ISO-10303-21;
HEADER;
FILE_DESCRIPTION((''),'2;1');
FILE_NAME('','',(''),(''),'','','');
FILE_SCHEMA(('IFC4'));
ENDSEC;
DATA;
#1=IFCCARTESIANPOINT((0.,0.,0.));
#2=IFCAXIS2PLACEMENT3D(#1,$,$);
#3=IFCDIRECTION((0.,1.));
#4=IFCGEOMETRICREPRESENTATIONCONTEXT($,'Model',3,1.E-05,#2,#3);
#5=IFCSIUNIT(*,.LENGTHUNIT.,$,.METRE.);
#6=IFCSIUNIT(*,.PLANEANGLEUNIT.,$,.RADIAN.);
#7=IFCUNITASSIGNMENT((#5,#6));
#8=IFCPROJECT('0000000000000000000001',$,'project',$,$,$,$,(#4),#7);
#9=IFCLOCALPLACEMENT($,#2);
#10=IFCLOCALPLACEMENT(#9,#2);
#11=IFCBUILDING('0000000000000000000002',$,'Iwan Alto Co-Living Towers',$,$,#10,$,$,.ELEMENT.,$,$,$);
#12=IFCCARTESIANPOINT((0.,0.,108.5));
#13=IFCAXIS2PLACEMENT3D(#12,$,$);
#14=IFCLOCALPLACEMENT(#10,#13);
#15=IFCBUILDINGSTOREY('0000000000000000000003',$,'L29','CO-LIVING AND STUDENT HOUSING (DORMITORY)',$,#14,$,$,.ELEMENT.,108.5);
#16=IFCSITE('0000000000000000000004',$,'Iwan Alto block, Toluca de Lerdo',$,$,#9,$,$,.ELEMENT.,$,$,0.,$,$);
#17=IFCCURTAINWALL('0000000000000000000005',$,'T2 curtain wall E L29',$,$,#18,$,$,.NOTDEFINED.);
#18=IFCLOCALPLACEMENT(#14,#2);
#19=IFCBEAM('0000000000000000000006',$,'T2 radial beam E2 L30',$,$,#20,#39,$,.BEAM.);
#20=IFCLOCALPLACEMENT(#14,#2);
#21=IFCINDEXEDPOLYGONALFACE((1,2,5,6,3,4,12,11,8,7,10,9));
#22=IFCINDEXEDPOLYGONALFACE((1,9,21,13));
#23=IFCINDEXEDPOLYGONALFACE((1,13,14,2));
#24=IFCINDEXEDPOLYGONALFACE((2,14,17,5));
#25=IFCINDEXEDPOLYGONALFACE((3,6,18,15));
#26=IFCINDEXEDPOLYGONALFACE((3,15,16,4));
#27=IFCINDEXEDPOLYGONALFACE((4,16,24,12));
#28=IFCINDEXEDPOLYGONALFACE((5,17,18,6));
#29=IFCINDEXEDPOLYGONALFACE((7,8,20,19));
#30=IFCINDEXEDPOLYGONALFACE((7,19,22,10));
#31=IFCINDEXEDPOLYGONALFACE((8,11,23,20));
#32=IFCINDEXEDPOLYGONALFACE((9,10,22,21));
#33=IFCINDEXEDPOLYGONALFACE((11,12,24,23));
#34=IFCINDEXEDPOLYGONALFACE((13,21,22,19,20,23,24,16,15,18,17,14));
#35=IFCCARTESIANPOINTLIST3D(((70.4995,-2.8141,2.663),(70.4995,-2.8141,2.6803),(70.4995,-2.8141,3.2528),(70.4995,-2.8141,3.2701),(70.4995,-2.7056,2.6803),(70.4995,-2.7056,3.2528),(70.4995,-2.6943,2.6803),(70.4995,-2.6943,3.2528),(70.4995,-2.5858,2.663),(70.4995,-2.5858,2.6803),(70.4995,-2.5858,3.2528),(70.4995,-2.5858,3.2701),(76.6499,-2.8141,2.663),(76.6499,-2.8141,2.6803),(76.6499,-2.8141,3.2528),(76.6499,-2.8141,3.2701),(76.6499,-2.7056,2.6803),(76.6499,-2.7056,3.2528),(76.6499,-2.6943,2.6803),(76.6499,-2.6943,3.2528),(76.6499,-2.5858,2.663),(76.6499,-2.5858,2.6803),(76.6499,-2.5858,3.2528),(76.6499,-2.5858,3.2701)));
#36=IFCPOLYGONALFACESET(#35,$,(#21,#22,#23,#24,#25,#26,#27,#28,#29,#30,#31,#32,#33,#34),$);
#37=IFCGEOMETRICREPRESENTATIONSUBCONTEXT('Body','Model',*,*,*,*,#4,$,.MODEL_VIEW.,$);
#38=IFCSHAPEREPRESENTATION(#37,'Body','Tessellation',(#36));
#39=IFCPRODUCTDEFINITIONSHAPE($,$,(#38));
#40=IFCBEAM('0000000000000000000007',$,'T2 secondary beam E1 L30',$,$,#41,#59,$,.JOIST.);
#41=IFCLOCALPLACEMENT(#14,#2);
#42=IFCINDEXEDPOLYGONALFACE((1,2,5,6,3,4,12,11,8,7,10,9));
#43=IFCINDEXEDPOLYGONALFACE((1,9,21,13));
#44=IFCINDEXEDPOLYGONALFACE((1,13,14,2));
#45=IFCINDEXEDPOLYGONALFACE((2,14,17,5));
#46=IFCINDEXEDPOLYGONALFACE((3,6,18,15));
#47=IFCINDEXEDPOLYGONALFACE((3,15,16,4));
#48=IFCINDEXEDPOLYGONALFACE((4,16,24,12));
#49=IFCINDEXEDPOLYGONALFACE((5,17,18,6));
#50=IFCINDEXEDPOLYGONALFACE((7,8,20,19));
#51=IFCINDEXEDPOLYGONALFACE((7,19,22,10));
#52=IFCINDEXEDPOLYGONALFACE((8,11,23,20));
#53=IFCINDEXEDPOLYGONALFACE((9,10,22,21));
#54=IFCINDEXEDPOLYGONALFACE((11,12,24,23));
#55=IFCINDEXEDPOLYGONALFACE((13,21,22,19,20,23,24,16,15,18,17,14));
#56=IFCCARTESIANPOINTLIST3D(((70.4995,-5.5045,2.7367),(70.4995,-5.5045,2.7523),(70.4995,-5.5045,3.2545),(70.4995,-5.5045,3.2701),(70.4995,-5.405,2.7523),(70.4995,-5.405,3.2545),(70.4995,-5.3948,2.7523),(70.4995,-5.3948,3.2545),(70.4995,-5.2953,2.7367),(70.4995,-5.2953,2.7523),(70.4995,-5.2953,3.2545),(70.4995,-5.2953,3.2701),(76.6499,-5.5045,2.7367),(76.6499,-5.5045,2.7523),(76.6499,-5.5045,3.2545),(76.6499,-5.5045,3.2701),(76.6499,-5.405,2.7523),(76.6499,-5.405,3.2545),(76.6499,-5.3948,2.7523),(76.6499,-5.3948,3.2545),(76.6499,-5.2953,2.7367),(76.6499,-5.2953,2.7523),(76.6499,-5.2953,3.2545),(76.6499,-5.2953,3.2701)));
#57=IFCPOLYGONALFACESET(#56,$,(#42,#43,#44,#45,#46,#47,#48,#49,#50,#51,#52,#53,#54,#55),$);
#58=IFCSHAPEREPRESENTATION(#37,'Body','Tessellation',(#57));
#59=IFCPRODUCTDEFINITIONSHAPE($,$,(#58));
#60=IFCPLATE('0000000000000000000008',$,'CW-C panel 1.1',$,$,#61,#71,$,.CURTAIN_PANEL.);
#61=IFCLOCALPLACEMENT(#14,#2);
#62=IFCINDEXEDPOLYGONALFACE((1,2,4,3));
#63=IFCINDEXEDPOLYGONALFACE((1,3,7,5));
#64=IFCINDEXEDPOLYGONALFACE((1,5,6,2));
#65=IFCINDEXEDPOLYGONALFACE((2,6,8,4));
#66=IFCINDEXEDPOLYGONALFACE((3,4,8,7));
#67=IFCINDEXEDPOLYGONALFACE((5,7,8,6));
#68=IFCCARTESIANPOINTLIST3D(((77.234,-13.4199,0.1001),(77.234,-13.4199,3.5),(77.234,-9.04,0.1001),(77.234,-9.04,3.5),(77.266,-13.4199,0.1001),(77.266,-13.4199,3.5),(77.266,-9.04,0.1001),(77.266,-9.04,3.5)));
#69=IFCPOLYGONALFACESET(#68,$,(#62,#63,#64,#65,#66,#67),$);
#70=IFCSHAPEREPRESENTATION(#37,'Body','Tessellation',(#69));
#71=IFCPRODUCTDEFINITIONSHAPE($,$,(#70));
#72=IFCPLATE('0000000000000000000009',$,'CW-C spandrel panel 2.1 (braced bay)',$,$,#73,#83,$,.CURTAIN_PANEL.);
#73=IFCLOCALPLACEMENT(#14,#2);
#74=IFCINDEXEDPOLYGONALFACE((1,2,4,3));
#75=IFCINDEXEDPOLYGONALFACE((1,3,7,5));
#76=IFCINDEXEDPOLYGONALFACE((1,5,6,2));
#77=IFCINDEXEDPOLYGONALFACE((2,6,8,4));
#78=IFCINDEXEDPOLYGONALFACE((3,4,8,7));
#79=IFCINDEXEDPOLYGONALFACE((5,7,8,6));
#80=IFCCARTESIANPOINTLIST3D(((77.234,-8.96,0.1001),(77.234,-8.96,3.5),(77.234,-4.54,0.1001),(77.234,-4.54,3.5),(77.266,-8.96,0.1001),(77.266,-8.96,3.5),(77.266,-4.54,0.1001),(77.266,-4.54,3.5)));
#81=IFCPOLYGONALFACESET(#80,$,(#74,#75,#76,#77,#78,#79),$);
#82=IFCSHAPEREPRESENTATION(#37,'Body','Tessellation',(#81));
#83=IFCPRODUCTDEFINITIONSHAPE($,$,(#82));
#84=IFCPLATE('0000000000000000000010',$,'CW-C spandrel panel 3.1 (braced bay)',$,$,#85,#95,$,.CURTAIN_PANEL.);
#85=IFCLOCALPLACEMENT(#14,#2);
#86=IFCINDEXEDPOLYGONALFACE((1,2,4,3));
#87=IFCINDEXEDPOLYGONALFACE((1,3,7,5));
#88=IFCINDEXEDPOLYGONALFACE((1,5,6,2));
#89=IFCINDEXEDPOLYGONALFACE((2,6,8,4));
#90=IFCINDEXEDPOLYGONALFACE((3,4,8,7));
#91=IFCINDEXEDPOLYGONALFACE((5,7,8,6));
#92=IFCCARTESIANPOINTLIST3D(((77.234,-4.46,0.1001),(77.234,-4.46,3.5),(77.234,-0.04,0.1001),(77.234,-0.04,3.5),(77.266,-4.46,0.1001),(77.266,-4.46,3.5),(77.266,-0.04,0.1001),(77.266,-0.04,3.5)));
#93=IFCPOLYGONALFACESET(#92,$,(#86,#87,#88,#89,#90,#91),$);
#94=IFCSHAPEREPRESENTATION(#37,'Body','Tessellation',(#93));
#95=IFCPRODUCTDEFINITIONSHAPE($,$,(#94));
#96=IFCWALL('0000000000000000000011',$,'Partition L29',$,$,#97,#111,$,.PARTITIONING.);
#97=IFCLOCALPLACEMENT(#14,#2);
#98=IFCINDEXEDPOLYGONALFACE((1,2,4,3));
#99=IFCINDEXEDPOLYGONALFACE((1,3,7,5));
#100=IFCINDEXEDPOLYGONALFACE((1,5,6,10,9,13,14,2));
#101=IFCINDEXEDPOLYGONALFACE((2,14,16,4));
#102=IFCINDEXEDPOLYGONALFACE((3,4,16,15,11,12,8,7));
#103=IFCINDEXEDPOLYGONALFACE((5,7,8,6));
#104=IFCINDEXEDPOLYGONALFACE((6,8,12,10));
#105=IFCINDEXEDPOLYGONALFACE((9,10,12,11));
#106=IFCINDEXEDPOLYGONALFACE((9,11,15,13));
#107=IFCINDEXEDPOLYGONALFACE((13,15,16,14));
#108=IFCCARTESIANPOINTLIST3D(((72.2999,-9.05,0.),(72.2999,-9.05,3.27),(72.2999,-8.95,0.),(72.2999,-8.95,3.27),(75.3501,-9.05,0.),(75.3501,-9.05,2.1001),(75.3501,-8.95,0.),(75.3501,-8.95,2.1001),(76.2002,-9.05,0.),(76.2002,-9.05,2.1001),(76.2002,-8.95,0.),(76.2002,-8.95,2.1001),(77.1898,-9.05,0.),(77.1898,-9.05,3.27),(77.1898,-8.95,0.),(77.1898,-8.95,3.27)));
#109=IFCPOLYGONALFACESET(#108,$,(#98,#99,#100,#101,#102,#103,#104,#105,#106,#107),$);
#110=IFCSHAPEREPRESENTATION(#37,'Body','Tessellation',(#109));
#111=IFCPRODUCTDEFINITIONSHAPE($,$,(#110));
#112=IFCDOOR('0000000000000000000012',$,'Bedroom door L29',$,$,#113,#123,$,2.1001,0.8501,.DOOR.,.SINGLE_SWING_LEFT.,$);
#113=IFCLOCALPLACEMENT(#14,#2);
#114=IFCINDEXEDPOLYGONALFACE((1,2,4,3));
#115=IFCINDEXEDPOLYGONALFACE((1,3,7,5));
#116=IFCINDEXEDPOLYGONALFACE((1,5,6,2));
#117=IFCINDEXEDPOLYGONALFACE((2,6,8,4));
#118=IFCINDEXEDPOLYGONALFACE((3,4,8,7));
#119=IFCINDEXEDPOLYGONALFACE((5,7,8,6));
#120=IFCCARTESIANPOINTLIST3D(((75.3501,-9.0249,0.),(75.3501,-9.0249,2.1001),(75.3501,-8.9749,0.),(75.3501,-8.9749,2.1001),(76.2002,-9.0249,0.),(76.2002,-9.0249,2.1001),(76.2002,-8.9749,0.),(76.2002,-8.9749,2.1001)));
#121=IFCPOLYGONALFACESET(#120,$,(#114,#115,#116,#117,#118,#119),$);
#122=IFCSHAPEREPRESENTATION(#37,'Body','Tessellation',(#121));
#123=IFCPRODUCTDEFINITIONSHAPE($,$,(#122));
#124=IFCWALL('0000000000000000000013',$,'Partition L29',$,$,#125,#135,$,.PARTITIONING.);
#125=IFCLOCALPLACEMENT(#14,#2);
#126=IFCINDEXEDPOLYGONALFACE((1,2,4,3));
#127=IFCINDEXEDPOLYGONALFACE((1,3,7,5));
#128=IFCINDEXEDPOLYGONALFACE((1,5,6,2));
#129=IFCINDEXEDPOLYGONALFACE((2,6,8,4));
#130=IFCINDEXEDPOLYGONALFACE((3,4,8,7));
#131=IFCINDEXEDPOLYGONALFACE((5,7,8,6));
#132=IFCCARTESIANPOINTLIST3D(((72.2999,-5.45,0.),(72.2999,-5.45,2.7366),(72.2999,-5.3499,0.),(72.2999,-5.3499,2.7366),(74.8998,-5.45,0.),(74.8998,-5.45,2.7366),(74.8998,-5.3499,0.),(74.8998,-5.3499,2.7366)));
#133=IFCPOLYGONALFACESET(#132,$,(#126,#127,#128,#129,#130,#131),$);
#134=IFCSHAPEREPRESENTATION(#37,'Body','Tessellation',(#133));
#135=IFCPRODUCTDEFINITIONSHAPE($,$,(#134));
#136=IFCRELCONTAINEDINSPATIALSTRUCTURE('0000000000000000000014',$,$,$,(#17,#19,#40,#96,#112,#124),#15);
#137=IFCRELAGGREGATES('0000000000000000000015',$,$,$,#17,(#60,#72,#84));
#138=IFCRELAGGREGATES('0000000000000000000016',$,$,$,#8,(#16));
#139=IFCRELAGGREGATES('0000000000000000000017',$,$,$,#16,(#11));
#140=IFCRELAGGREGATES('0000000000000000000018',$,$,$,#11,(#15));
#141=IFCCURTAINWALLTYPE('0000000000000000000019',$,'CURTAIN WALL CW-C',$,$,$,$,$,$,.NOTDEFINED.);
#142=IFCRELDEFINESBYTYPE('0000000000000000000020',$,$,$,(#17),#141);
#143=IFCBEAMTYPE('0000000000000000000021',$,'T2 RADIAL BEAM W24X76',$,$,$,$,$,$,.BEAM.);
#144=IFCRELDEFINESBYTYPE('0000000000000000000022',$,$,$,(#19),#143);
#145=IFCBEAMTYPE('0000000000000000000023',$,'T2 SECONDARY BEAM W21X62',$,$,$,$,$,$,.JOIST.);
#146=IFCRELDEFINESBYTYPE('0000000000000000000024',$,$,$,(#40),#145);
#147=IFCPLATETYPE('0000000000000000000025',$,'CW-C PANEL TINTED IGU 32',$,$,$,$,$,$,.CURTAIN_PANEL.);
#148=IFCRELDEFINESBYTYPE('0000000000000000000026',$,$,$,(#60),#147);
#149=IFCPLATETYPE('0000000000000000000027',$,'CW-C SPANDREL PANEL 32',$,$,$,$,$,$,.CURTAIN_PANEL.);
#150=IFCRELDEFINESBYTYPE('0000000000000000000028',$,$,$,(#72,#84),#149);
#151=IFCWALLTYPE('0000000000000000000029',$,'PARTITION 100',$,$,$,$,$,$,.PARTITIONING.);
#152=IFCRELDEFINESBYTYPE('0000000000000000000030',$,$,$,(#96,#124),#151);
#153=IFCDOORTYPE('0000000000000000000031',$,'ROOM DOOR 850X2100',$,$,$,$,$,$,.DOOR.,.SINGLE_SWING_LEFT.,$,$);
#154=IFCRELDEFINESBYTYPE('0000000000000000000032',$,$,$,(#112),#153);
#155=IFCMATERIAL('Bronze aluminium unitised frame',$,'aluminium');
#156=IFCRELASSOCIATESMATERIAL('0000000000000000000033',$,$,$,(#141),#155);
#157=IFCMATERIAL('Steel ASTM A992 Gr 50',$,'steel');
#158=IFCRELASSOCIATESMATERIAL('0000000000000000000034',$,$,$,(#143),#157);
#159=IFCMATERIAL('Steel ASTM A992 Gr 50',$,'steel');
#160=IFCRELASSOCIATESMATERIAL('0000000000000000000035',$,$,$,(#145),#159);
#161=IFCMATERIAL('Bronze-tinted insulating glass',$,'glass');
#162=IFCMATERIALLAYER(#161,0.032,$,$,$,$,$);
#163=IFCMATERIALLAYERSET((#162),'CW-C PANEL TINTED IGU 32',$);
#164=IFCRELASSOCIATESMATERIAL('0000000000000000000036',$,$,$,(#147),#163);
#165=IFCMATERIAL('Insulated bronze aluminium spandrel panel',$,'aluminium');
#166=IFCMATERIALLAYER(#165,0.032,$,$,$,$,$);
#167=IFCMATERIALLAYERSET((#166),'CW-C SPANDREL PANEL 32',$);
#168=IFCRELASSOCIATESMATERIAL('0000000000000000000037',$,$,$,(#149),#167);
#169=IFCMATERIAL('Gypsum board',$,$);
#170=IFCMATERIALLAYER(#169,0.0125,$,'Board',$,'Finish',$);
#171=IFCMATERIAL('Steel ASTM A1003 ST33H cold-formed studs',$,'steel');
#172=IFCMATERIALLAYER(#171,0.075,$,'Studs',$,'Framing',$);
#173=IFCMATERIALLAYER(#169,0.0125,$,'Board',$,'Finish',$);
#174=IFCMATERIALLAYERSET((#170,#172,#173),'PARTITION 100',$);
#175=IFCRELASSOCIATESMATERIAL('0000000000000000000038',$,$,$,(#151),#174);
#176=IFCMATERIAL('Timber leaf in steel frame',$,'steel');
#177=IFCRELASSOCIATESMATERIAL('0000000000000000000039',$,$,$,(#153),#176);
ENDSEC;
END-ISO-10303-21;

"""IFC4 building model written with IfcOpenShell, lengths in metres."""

from ifc_helpers import new_model, si_unit, direction, frame, frame_2d, origin, origin_2d, place, context, subcontext, project, spatial, rectangle, i_section, extrude, material, layer, layer_set, material_profile, profile_set, type_object, element, fill, aggregate, save


model = new_model("IFC4")

# Units and contexts
model_context = context("Model", 3, precision=1e-05, world=origin(), true_north=direction((0.0, 1.0)))
body_context = subcontext(model_context, "Body", "Model", "MODEL_VIEW")
ifc_project = project(units=[si_unit("LENGTHUNIT", "METRE"), si_unit("PLANEANGLEUNIT", "RADIAN")], contexts=[model_context])

# Site, building, storey
site_placement = place(None, origin())
site = spatial("IfcSite", under=ifc_project, at=site_placement, Name="Iwan Alto block, Toluca de Lerdo", CompositionType="ELEMENT", RefElevation=0.0)
building_placement = place(site_placement, origin())
building = spatial("IfcBuilding", under=site, at=building_placement, Name="Iwan Alto Co-Living Towers", CompositionType="ELEMENT")
storey_placement = place(building_placement, frame((0.0, 0.0, 108.5)))
storey = spatial("IfcBuildingStorey", under=building, at=storey_placement, Name="L29", Description="CO-LIVING AND STUDENT HOUSING (DORMITORY)", CompositionType="ELEMENT", Elevation=108.5)

# Curtain wall
ifc_material_1 = material(Name="Bronze aluminium unitised frame", Category="aluminium")
curtain_wall_type = type_object("IfcCurtainWallType", Name="CURTAIN WALL CW-C", PredefinedType="NOTDEFINED", material=ifc_material_1)
curtain_wall_placement = place(storey_placement, origin())
curtain_wall = element("IfcCurtainWall", 1, at=curtain_wall_placement, inside=storey, type_object=curtain_wall_type, Name="T2 curtain wall E L29", PredefinedType="NOTDEFINED")

# Beams
ifc_material_2 = material(Name="Steel ASTM A992 Gr 50", Category="steel")
ifc_material_profile_1 = material_profile(ifc_material_2, i_section(OverallWidth=0.2283, OverallDepth=0.6072, WebThickness=0.0112, FlangeThickness=0.0173, at=origin_2d()), Name="W24X76")
ifc_profile_set_1 = profile_set([ifc_material_profile_1], Name="Steel ASTM A992 Gr 50")
beam_type_1 = type_object("IfcBeamType", Name="T2 RADIAL BEAM W24X76", PredefinedType="BEAM", material=ifc_profile_set_1)
for number, where, z_axis, x_axis, name in (
    (2, (76.6499, -2.7, 2.9666), (-1.0, 0.0, 0.0), (0.0, -1.0, 0.0), "T2 radial beam E2 L30"),
):
    element("IfcBeam", number, at=place(storey_placement, frame(where, z_axis=z_axis, x_axis=x_axis)), inside=storey, type_object=beam_type_1, Name=name, PredefinedType="BEAM", context=body_context, shape_type="SweptSolid", body=[
        extrude(i_section(OverallWidth=0.2283, OverallDepth=0.6072, WebThickness=0.0112, FlangeThickness=0.0173, at=origin_2d()), origin(), (0.0, 0.0, 1.0), 6.1504),
    ])
ifc_material_3 = material(Name="Steel ASTM A992 Gr 50", Category="steel")
ifc_material_profile_2 = material_profile(ifc_material_3, i_section(OverallWidth=0.2092, OverallDepth=0.5334, WebThickness=0.0103, FlangeThickness=0.0156, at=origin_2d()), Name="W21X62")
ifc_profile_set_2 = profile_set([ifc_material_profile_2], Name="Steel ASTM A992 Gr 50")
beam_type_2 = type_object("IfcBeamType", Name="T2 SECONDARY BEAM W21X62", PredefinedType="JOIST", material=ifc_profile_set_2)
beam_1_placement = place(storey_placement, frame((76.6499, -5.3999, 3.0034), z_axis=(-1.0, 0.0, 0.0), x_axis=(0.0, -1.0, 0.0)))
element("IfcBeam", 3, at=beam_1_placement, inside=storey, type_object=beam_type_2, Name="T2 secondary beam E1 L30", PredefinedType="JOIST", context=body_context, shape_type="SweptSolid", body=[
    extrude(i_section(OverallWidth=0.2092, OverallDepth=0.5334, WebThickness=0.0103, FlangeThickness=0.0156, at=origin_2d()), origin(), (0.0, 0.0, 1.0), 6.1504),
])

# Plates
ifc_material_4 = material(Name="Bronze-tinted insulating glass", Category="glass")
ifc_layer_1 = layer(ifc_material_4, 0.032)
ifc_layer_set_1 = layer_set([ifc_layer_1], Name="CW-C PANEL TINTED IGU 32")
plate_type_1 = type_object("IfcPlateType", Name="CW-C PANEL TINTED IGU 32", PredefinedType="CURTAIN_PANEL", material=ifc_layer_set_1)
plate_1_placement = place(storey_placement, frame((77.25, -11.23, 0.1001), z_axis=(0.0, 0.0, 1.0), x_axis=(0.0, 1.0, 0.0)))
plate_1 = element("IfcPlate", 4, at=plate_1_placement, type_object=plate_type_1, Name="CW-C panel 1.1", PredefinedType="CURTAIN_PANEL", context=body_context, shape_type="SweptSolid", body=[
    extrude(rectangle(XDim=4.3799, YDim=0.032, at=origin_2d()), origin(), (0.0, 0.0, 1.0), 3.3999),
])
ifc_material_5 = material(Name="Insulated bronze aluminium spandrel panel", Category="aluminium")
ifc_layer_2 = layer(ifc_material_5, 0.032)
ifc_layer_set_2 = layer_set([ifc_layer_2], Name="CW-C SPANDREL PANEL 32")
plate_type_2 = type_object("IfcPlateType", Name="CW-C SPANDREL PANEL 32", PredefinedType="CURTAIN_PANEL", material=ifc_layer_set_2)
plate_2_placement = place(storey_placement, frame((77.25, -6.75, 0.1001), z_axis=(0.0, 0.0, 1.0), x_axis=(0.0, 1.0, 0.0)))
plate_2 = element("IfcPlate", 5, at=plate_2_placement, type_object=plate_type_2, Name="CW-C spandrel panel 2.1 (braced bay)", PredefinedType="CURTAIN_PANEL", context=body_context, shape_type="SweptSolid", body=[
    extrude(rectangle(XDim=4.4199, YDim=0.032, at=origin_2d()), origin(), (0.0, 0.0, 1.0), 3.3999),
])
plate_3_placement = place(storey_placement, frame((77.25, -2.25, 0.1001), z_axis=(0.0, 0.0, 1.0), x_axis=(0.0, 1.0, 0.0)))
plate_3 = element("IfcPlate", 6, at=plate_3_placement, type_object=plate_type_2, Name="CW-C spandrel panel 3.1 (braced bay)", PredefinedType="CURTAIN_PANEL", context=body_context, shape_type="SweptSolid", body=[
    extrude(rectangle(XDim=4.4199, YDim=0.032, at=origin_2d()), origin(), (0.0, 0.0, 1.0), 3.3999),
])
aggregate(curtain_wall, [plate_1, plate_2, plate_3])

# Wall, opening, door
ifc_material_6 = material(Name="Gypsum board")
ifc_layer_3 = layer(ifc_material_6, 0.0125, Name="Board", Category="Finish")
ifc_material_7 = material(Name="Steel ASTM A1003 ST33H cold-formed studs", Category="steel")
ifc_layer_4 = layer(ifc_material_7, 0.075, Name="Studs", Category="Framing")
ifc_layer_5 = layer(ifc_material_6, 0.0125, Name="Board", Category="Finish")
ifc_layer_set_3 = layer_set([ifc_layer_3, ifc_layer_4, ifc_layer_5], Name="PARTITION 100")
wall_type_1 = type_object("IfcWallType", Name="PARTITION 100", PredefinedType="PARTITIONING", material=ifc_layer_set_3)
wall_1_placement = place(storey_placement, frame((72.3, -9.0, 0.0), z_axis=(0.0, 0.0, 1.0), x_axis=(1.0, 0.0, 0.0)))
wall_1 = element("IfcWall", 7, at=wall_1_placement, inside=storey, type_object=wall_type_1, Name="Partition L29", PredefinedType="PARTITIONING", context=body_context, shape_type="SweptSolid", body=[
    extrude(rectangle(XDim=4.8899, YDim=0.1001, at=frame_2d((2.4448, 0.0))), origin(), (0.0, 0.0, 1.0), 3.27),
])
opening_1_placement = place(wall_1_placement, frame((3.05, 0.0, 0.0)))
opening_1 = element("IfcOpeningElement", 8, at=opening_1_placement, cuts=wall_1, PredefinedType="OPENING", context=body_context, shape_type="SweptSolid", body=[
    extrude(rectangle(XDim=0.8501, YDim=2.1001, at=frame_2d((0.425, 1.05))), frame((0.0, 0.0601, 0.0), z_axis=(0.0, -1.0, 0.0), x_axis=(1.0, 0.0, 0.0)), (0.0, 0.0, 1.0), 0.1201),
])
ifc_material_8 = material(Name="Timber leaf in steel frame", Category="steel")
door_type = type_object("IfcDoorType", Name="ROOM DOOR 850X2100", OperationType="SINGLE_SWING_LEFT", PredefinedType="DOOR", material=ifc_material_8)
door_1_placement = place(opening_1_placement, frame((0.8501, 0.0, 0.0), z_axis=(0.0, 0.0, 1.0), x_axis=(-1.0, 0.0, 0.0)))
door_1 = element("IfcDoor", 9, at=door_1_placement, inside=storey, type_object=door_type, Name="Bedroom door L29", OperationType="SINGLE_SWING_LEFT", OverallHeight=2.1001, OverallWidth=0.8501, PredefinedType="DOOR", context=body_context, shape_type="SweptSolid", body=[
    extrude(rectangle(XDim=0.8501, YDim=2.1001, at=frame_2d((0.425, 1.05))), frame((0.0, 0.0249, 0.0), z_axis=(0.0, -1.0, 0.0), x_axis=(1.0, 0.0, 0.0)), (0.0, 0.0, 1.0), 0.05),
])
fill(opening_1, door_1)

# Wall
wall_2_placement = place(storey_placement, frame((72.3, -5.3999, 0.0), z_axis=(0.0, 0.0, 1.0), x_axis=(1.0, 0.0, 0.0)))
element("IfcWall", 10, at=wall_2_placement, inside=storey, type_object=wall_type_1, Name="Partition L29", PredefinedType="PARTITIONING", context=body_context, shape_type="SweptSolid", body=[
    extrude(rectangle(XDim=2.5999, YDim=0.1001, at=frame_2d((1.2998, 0.0))), origin(), (0.0, 0.0, 1.0), 2.7366),
])

save(model, "model.ifc")
